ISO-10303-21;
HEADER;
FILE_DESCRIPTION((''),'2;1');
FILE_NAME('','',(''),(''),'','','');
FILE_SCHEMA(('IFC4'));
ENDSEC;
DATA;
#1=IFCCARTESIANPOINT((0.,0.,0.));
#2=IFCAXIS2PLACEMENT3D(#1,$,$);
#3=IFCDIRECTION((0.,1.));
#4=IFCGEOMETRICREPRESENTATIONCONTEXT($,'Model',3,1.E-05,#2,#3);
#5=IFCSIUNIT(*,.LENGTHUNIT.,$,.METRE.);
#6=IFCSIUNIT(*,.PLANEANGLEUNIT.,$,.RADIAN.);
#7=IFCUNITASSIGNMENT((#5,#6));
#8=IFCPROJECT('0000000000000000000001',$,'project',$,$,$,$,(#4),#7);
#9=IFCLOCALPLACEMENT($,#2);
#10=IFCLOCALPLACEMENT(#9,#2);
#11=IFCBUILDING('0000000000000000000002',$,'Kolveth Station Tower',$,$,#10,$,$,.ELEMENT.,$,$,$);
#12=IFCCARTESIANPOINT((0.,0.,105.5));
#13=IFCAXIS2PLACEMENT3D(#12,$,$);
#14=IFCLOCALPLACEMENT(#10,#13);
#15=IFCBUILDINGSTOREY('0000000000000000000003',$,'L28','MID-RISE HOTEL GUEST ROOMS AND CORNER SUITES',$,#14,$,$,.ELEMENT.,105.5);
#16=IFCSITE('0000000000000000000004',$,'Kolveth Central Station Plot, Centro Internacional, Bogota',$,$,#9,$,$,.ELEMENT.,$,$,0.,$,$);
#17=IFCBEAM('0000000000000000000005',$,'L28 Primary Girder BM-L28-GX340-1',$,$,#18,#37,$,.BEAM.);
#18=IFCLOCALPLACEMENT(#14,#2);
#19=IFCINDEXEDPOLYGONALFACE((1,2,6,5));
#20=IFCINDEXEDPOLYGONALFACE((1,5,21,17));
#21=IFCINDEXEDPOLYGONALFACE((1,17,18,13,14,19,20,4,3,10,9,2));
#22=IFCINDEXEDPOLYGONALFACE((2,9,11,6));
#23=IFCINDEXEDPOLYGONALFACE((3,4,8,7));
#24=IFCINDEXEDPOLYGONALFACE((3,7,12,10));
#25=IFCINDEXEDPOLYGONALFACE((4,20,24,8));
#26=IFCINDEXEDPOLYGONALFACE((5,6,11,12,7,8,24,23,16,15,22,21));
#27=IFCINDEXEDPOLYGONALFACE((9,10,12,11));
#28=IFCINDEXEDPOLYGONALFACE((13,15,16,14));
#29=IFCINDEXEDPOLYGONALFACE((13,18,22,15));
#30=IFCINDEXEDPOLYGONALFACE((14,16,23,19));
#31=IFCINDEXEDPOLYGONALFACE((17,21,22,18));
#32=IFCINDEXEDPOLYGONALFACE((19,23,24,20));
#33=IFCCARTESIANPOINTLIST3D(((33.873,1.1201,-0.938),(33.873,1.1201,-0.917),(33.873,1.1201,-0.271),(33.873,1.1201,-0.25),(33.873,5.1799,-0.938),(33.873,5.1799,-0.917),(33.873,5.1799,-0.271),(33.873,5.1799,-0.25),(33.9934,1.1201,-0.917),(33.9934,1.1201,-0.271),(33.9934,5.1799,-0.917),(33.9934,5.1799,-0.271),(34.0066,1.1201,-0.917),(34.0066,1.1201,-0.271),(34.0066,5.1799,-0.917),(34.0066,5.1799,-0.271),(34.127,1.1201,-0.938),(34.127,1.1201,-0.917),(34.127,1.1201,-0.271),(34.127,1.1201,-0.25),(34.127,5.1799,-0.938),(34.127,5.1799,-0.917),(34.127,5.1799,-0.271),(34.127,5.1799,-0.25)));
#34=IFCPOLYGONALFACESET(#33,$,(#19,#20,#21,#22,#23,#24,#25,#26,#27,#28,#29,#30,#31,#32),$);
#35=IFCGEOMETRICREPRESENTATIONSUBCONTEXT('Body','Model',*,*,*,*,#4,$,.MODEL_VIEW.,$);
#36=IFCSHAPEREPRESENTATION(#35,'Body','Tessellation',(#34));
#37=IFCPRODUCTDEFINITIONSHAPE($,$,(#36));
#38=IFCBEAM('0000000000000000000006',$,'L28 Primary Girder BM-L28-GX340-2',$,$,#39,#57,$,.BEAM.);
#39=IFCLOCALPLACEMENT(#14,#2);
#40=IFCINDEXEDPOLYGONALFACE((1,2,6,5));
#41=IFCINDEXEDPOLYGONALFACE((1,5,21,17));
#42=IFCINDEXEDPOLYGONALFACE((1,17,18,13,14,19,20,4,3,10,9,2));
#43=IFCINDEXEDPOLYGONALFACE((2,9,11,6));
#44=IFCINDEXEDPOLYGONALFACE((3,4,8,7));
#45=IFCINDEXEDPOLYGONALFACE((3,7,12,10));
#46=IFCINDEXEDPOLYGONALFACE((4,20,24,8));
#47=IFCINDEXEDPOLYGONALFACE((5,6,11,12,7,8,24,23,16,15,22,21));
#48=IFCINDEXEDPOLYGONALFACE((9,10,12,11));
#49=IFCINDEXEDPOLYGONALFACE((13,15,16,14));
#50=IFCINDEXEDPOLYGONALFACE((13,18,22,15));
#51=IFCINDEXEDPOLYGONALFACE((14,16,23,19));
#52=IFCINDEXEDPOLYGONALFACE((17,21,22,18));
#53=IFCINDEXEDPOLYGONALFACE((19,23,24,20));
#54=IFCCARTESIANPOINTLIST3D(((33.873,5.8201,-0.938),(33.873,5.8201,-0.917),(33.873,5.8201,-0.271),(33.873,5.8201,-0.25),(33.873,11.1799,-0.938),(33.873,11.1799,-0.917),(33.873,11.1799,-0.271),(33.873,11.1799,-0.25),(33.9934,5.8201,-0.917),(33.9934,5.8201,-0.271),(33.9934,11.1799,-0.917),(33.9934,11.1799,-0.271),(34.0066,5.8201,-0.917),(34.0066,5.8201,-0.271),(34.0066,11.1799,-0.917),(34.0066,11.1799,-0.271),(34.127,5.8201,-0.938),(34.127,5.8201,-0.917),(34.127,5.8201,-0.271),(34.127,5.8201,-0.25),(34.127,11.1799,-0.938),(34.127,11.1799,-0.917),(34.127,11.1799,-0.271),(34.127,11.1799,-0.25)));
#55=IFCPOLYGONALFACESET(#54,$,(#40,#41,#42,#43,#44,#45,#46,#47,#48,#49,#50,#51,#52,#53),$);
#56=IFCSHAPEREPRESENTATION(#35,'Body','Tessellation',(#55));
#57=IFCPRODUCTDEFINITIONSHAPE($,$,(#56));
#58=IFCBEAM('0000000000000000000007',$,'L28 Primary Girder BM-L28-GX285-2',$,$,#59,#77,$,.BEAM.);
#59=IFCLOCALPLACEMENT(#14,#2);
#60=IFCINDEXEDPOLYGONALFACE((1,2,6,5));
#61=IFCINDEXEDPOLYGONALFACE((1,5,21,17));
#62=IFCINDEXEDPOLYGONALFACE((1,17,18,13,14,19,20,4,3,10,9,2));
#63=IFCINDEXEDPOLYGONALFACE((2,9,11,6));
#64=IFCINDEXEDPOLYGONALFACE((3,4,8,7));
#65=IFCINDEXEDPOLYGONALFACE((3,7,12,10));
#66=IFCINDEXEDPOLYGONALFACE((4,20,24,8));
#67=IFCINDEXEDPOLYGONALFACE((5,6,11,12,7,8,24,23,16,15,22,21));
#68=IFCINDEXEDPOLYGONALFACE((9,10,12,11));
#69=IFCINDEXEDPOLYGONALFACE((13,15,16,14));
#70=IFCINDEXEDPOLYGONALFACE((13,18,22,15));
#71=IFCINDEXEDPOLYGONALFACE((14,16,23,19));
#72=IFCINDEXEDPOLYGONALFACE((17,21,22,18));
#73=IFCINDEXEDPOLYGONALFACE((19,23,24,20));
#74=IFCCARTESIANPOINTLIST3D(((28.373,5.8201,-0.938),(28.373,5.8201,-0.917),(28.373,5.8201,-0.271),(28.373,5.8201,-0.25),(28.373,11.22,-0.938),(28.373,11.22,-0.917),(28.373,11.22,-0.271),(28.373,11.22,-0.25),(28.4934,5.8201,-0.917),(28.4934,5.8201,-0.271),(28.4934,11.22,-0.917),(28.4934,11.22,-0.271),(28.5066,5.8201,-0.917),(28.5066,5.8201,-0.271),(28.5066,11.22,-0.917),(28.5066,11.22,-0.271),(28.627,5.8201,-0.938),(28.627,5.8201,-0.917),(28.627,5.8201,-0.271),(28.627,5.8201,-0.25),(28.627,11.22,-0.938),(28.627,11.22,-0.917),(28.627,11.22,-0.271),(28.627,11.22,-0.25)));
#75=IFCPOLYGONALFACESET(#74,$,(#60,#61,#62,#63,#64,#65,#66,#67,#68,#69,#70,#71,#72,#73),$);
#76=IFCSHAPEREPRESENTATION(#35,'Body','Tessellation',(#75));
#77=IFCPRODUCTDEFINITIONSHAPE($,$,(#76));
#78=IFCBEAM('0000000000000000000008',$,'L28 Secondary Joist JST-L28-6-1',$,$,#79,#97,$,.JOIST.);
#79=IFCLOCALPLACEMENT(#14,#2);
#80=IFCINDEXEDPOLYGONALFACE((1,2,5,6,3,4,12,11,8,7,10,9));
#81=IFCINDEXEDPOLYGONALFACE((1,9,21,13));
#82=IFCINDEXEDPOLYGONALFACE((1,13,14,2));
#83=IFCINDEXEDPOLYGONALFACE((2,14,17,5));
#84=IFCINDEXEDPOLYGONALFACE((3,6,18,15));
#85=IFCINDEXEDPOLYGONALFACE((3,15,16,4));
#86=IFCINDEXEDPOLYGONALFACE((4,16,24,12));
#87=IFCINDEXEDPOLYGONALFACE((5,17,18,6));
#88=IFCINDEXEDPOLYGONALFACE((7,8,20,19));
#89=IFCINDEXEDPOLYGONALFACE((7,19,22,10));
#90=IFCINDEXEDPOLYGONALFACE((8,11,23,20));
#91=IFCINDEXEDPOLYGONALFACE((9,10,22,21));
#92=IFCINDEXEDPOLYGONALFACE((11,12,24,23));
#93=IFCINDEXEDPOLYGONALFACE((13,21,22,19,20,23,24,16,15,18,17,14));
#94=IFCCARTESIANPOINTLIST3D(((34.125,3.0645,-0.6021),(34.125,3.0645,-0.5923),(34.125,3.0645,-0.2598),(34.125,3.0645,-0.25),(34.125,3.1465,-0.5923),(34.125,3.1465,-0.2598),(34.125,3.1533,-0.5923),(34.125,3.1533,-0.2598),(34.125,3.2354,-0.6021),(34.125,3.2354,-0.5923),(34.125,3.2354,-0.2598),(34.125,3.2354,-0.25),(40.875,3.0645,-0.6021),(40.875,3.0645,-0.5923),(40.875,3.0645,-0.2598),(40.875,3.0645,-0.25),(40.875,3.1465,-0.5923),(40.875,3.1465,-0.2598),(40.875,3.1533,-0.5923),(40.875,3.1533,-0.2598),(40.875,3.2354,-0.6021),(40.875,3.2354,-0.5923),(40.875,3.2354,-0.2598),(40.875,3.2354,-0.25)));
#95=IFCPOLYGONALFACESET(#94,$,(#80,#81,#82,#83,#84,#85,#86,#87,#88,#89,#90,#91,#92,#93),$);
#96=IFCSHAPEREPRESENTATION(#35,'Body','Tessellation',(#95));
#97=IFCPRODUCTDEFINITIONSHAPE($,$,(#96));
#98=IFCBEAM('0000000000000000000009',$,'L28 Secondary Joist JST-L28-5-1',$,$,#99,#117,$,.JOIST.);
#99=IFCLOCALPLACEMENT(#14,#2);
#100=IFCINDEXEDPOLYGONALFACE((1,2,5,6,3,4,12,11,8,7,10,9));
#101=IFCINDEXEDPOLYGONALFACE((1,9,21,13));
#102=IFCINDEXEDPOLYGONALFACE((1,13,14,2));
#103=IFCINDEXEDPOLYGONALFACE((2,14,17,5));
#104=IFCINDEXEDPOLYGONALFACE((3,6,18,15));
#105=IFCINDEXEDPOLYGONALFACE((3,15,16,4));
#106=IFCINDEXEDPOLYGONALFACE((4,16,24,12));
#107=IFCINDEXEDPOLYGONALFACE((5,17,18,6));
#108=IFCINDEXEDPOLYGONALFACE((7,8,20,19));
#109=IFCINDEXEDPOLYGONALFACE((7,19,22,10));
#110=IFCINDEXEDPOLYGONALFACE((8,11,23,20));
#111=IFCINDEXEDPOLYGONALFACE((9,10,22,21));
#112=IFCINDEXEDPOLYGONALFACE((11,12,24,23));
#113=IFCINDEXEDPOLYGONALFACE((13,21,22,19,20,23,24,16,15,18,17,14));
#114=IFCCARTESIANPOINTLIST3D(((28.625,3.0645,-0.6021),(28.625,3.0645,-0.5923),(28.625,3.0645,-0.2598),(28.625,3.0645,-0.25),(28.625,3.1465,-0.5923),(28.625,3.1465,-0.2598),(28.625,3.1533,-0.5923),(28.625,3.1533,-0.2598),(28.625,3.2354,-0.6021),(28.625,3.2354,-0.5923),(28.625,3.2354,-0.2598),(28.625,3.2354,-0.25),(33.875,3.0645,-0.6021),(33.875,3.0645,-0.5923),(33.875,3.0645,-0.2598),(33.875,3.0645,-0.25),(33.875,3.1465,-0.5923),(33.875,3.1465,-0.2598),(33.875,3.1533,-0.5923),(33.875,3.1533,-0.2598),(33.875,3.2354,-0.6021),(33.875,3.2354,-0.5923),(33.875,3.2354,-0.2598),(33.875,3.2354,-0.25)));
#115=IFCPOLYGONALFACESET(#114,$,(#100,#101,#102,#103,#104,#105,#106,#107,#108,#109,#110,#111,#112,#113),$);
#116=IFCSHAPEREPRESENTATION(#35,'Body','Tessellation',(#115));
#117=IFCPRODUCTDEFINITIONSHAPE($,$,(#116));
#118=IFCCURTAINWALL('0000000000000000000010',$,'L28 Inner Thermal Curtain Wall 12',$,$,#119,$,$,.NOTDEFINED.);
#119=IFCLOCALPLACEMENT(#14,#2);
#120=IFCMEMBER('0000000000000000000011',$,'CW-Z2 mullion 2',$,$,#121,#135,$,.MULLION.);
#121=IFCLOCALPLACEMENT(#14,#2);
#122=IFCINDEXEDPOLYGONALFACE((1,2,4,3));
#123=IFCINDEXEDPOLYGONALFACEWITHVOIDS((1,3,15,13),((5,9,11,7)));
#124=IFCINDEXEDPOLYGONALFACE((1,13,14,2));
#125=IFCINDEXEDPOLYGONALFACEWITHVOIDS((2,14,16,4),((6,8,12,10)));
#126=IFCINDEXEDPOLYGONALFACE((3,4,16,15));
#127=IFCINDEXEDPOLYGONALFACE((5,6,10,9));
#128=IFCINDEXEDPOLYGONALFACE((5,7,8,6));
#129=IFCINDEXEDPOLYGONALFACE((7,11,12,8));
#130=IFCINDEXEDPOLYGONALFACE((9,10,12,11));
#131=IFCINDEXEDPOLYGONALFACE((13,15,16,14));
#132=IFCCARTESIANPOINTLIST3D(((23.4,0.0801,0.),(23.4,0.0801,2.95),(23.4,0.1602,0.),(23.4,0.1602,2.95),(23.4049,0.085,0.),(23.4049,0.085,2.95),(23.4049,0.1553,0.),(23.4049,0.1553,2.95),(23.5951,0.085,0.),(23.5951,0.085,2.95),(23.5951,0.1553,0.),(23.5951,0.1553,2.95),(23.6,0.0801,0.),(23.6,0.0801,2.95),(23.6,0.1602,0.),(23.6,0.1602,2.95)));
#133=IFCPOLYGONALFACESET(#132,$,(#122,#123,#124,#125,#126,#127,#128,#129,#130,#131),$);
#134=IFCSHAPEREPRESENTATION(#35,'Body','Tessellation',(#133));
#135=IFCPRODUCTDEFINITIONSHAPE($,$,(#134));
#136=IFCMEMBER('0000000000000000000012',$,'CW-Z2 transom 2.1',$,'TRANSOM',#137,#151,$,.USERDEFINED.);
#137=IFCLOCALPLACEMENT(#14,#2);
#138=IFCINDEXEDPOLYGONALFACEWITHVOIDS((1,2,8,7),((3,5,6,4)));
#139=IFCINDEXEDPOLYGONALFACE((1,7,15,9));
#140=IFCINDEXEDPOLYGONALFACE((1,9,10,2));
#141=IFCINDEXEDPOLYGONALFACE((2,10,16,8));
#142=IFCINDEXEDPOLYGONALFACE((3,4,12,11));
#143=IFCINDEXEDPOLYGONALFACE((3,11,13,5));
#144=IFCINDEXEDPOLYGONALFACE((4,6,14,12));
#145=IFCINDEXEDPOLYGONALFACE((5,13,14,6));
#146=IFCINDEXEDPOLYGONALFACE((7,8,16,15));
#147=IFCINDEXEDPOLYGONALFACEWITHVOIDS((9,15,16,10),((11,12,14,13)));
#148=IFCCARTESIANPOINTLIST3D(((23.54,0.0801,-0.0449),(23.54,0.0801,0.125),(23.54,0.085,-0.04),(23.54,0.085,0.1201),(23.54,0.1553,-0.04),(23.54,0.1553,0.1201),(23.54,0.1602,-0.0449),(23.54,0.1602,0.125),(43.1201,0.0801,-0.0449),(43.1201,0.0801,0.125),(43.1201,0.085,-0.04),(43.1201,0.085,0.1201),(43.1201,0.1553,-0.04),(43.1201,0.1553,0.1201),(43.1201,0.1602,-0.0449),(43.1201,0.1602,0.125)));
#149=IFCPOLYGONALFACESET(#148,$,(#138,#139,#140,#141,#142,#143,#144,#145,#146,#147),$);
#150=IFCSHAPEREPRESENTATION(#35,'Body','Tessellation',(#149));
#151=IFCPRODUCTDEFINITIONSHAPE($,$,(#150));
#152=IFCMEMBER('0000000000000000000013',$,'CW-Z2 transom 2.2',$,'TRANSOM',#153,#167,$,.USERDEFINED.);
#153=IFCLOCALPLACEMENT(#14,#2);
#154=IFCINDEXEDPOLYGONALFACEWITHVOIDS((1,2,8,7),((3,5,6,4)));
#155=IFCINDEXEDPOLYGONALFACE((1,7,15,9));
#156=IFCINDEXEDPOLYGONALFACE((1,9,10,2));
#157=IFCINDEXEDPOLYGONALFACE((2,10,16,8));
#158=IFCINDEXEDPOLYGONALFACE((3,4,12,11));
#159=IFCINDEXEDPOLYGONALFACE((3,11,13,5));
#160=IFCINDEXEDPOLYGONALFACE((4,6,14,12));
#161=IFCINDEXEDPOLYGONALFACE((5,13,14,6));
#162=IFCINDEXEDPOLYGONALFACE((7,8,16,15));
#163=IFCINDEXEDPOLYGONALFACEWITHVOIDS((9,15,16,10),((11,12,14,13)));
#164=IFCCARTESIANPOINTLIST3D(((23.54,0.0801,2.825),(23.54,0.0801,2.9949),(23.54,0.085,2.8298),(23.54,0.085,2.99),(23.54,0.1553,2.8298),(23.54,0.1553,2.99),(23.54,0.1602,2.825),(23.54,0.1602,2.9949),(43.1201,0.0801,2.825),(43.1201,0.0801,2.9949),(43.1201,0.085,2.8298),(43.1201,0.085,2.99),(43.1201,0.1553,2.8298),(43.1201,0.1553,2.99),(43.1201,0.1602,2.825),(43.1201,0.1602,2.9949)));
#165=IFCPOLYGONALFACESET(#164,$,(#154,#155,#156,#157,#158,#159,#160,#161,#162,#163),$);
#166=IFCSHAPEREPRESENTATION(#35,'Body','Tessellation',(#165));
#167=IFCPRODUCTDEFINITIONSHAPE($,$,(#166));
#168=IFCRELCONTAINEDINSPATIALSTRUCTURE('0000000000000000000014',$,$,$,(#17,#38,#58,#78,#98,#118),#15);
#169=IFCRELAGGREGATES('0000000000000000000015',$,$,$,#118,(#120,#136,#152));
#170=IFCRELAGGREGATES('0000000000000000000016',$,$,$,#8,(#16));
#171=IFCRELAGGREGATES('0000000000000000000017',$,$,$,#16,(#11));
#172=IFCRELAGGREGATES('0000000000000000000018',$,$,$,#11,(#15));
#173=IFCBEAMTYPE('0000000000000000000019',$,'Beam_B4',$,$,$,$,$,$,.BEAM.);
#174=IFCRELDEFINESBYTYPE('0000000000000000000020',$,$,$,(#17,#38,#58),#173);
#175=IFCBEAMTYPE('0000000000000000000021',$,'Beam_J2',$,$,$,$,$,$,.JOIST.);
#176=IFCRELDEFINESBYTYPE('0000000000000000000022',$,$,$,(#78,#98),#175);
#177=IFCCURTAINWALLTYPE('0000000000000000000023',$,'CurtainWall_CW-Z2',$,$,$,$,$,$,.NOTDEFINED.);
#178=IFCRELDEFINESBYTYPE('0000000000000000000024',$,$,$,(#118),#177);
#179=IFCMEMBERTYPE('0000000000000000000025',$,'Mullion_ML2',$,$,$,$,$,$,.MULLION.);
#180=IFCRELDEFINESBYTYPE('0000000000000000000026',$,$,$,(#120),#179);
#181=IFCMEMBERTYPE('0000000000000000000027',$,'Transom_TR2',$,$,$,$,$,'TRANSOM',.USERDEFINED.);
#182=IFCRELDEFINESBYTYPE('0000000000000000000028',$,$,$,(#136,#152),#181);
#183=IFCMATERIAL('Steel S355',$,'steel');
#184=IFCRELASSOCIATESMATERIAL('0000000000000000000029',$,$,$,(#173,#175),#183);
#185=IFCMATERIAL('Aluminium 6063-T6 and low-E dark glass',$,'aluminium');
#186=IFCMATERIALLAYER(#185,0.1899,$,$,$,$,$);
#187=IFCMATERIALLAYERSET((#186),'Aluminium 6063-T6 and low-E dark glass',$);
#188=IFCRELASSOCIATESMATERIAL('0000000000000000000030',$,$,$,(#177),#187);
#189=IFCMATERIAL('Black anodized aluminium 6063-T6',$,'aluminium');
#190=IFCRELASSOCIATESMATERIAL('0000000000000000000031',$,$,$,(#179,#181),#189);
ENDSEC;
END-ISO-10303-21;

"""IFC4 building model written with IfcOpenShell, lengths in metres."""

from ifc_helpers import new_model, si_unit, direction, frame, origin, origin_2d, place, context, subcontext, project, spatial, hollow_rectangle, i_section, extrude, source, transform, mapped, material, layer, layer_set, material_profile, profile_set, type_object, element, aggregate, save


model = new_model("IFC4")

# Units and contexts
model_context = context("Model", 3, precision=1e-05, world=origin(), true_north=direction((0.0, 1.0)))
body_context = subcontext(model_context, "Body", "Model", "MODEL_VIEW")
ifc_project = project(units=[si_unit("LENGTHUNIT", "METRE"), si_unit("PLANEANGLEUNIT", "RADIAN")], contexts=[model_context])

# Site, building, storey
site_placement = place(None, origin())
site = spatial("IfcSite", under=ifc_project, at=site_placement, Name="Kolveth Central Station Plot, Centro Internacional, Bogota", CompositionType="ELEMENT", RefElevation=0.0)
building_placement = place(site_placement, origin())
building = spatial("IfcBuilding", under=site, at=building_placement, Name="Kolveth Station Tower", CompositionType="ELEMENT")
storey_placement = place(building_placement, frame((0.0, 0.0, 105.5)))
storey = spatial("IfcBuildingStorey", under=building, at=storey_placement, Name="L28", Description="MID-RISE HOTEL GUEST ROOMS AND CORNER SUITES", CompositionType="ELEMENT", Elevation=105.5)

# Beams
ifc_material_1 = material(Name="Steel S355", Category="steel")
ifc_material_profile_1 = material_profile(ifc_material_1, i_section(OverallWidth=0.2539, OverallDepth=0.688, WebThickness=0.0132, FlangeThickness=0.021, at=origin_2d()), Name="W690x152")
ifc_profile_set_1 = profile_set([ifc_material_profile_1], Name="Steel S355")
beam_type_1 = type_object("IfcBeamType", Name="Beam_B4", PredefinedType="BEAM", material=ifc_profile_set_1)
shared_shape_1 = source(origin(), body_context, "Body", "SweptSolid", [
    extrude(i_section(OverallWidth=0.2539, OverallDepth=0.688, WebThickness=0.0132, FlangeThickness=0.021, at=origin_2d()), origin(), (0.0, 0.0, 1.0), 4.0598),
])
for number, where, z_axis, x_axis, name in (
    (1, (34.0, 1.1201, -0.594), (0.0, 1.0, 0.0), (-1.0, 0.0, 0.0), "L28 Primary Girder BM-L28-GX340-1"),
):
    element("IfcBeam", number, at=place(storey_placement, frame(where, z_axis=z_axis, x_axis=x_axis)), inside=storey, type_object=beam_type_1, Name=name, PredefinedType="BEAM", context=body_context, shape_type="MappedRepresentation", body=[
        mapped(shared_shape_1, transform((0.0, 0.0, 0.0), x_axis=(1.0, 0.0, 0.0), y_axis=(0.0, 1.0, 0.0), z_axis=(0.0, 0.0, 1.0), scale=1.0)),
    ])
shared_shape_2 = source(origin(), body_context, "Body", "SweptSolid", [
    extrude(i_section(OverallWidth=0.2539, OverallDepth=0.688, WebThickness=0.0132, FlangeThickness=0.021, at=origin_2d()), origin(), (0.0, 0.0, 1.0), 5.3599),
])
beam_1_placement = place(storey_placement, frame((34.0, 5.8201, -0.594), z_axis=(0.0, 1.0, 0.0), x_axis=(-1.0, 0.0, 0.0)))
element("IfcBeam", 2, at=beam_1_placement, inside=storey, type_object=beam_type_1, Name="L28 Primary Girder BM-L28-GX340-2", PredefinedType="BEAM", context=body_context, shape_type="MappedRepresentation", body=[
    mapped(shared_shape_2, transform((0.0, 0.0, 0.0), x_axis=(1.0, 0.0, 0.0), y_axis=(0.0, 1.0, 0.0), z_axis=(0.0, 0.0, 1.0), scale=1.0)),
])
shared_shape_3 = source(origin(), body_context, "Body", "SweptSolid", [
    extrude(i_section(OverallWidth=0.2539, OverallDepth=0.688, WebThickness=0.0132, FlangeThickness=0.021, at=origin_2d()), origin(), (0.0, 0.0, 1.0), 5.3999),
])
beam_2_placement = place(storey_placement, frame((28.5, 5.8201, -0.594), z_axis=(0.0, 1.0, 0.0), x_axis=(-1.0, 0.0, 0.0)))
element("IfcBeam", 3, at=beam_2_placement, inside=storey, type_object=beam_type_1, Name="L28 Primary Girder BM-L28-GX285-2", PredefinedType="BEAM", context=body_context, shape_type="MappedRepresentation", body=[
    mapped(shared_shape_3, transform((0.0, 0.0, 0.0), x_axis=(1.0, 0.0, 0.0), y_axis=(0.0, 1.0, 0.0), z_axis=(0.0, 0.0, 1.0), scale=1.0)),
])
ifc_material_profile_2 = material_profile(ifc_material_1, i_section(OverallWidth=0.1709, OverallDepth=0.3521, WebThickness=0.0068, FlangeThickness=0.0098, at=origin_2d()), Name="W360x44")
ifc_profile_set_2 = profile_set([ifc_material_profile_2], Name="Steel S355")
beam_type_2 = type_object("IfcBeamType", Name="Beam_J2", PredefinedType="JOIST", material=ifc_profile_set_2)
shared_shape_4 = source(origin(), body_context, "Body", "SweptSolid", [
    extrude(i_section(OverallWidth=0.1709, OverallDepth=0.3521, WebThickness=0.0068, FlangeThickness=0.0098, at=origin_2d()), origin(), (0.0, 0.0, 1.0), 6.75),
])
beam_3_placement = place(storey_placement, frame((34.125, 3.1499, -0.426), z_axis=(1.0, 0.0, 0.0), x_axis=(0.0, 1.0, 0.0)))
element("IfcBeam", 4, at=beam_3_placement, inside=storey, type_object=beam_type_2, Name="L28 Secondary Joist JST-L28-6-1", PredefinedType="JOIST", context=body_context, shape_type="MappedRepresentation", body=[
    mapped(shared_shape_4, transform((0.0, 0.0, 0.0), x_axis=(1.0, 0.0, 0.0), y_axis=(0.0, 1.0, 0.0), z_axis=(0.0, 0.0, 1.0), scale=1.0)),
])
shared_shape_5 = source(origin(), body_context, "Body", "SweptSolid", [
    extrude(i_section(OverallWidth=0.1709, OverallDepth=0.3521, WebThickness=0.0068, FlangeThickness=0.0098, at=origin_2d()), origin(), (0.0, 0.0, 1.0), 5.25),
])
beam_4_placement = place(storey_placement, frame((28.625, 3.1499, -0.426), z_axis=(1.0, 0.0, 0.0), x_axis=(0.0, 1.0, 0.0)))
element("IfcBeam", 5, at=beam_4_placement, inside=storey, type_object=beam_type_2, Name="L28 Secondary Joist JST-L28-5-1", PredefinedType="JOIST", context=body_context, shape_type="MappedRepresentation", body=[
    mapped(shared_shape_5, transform((0.0, 0.0, 0.0), x_axis=(1.0, 0.0, 0.0), y_axis=(0.0, 1.0, 0.0), z_axis=(0.0, 0.0, 1.0), scale=1.0)),
])

# Curtain wall, members
ifc_material_2 = material(Name="Aluminium 6063-T6 and low-E dark glass", Category="aluminium")
ifc_layer_1 = layer(ifc_material_2, 0.1899)
ifc_layer_set_1 = layer_set([ifc_layer_1], Name="Aluminium 6063-T6 and low-E dark glass")
curtain_wall_type_1 = type_object("IfcCurtainWallType", Name="CurtainWall_CW-Z2", PredefinedType="NOTDEFINED", material=ifc_layer_set_1)
curtain_wall_1_placement = place(storey_placement, origin())
curtain_wall_1 = element("IfcCurtainWall", 6, at=curtain_wall_1_placement, inside=storey, type_object=curtain_wall_type_1, Name="L28 Inner Thermal Curtain Wall 12", PredefinedType="NOTDEFINED")
ifc_material_3 = material(Name="Black anodized aluminium 6063-T6", Category="aluminium")
ifc_material_profile_3 = material_profile(ifc_material_3, hollow_rectangle(XDim=0.0801, YDim=0.2, WallThickness=0.0049, at=origin_2d()), Name="ALU-80x200x5")
ifc_profile_set_3 = profile_set([ifc_material_profile_3], Name="Black anodized aluminium 6063-T6")
member_type_1 = type_object("IfcMemberType", Name="Mullion_ML2", PredefinedType="MULLION", material=ifc_profile_set_3)
shared_shape_6 = source(origin(), body_context, "Body", "SweptSolid", [
    extrude(hollow_rectangle(XDim=0.0801, YDim=0.2, WallThickness=0.0049, at=origin_2d()), origin(), (0.0, 0.0, 1.0), 2.95),
])
member_1_placement = place(storey_placement, frame((23.5, 0.1201, 0.0), z_axis=(0.0, 0.0, 1.0), x_axis=(0.0, 1.0, 0.0)))
member_1 = element("IfcMember", 7, at=member_1_placement, type_object=member_type_1, Name="CW-Z2 mullion 2", PredefinedType="MULLION", context=body_context, shape_type="MappedRepresentation", body=[
    mapped(shared_shape_6, transform((0.0, 0.0, 0.0), x_axis=(1.0, 0.0, 0.0), y_axis=(0.0, 1.0, 0.0), z_axis=(0.0, 0.0, 1.0), scale=1.0)),
])
ifc_material_profile_4 = material_profile(ifc_material_3, hollow_rectangle(XDim=0.0801, YDim=0.1699, WallThickness=0.0049, at=origin_2d()), Name="ALU-80x170x5")
ifc_profile_set_4 = profile_set([ifc_material_profile_4], Name="Black anodized aluminium 6063-T6")
member_type_2 = type_object("IfcMemberType", Name="Transom_TR2", ElementType="TRANSOM", PredefinedType="USERDEFINED", material=ifc_profile_set_4)
shared_shape_7 = source(origin(), body_context, "Body", "SweptSolid", [
    extrude(hollow_rectangle(XDim=0.0801, YDim=0.1699, WallThickness=0.0049, at=origin_2d()), origin(), (0.0, 0.0, 1.0), 19.5801),
])
member_2_placement = place(storey_placement, frame((23.54, 0.1201, 0.04), z_axis=(1.0, 0.0, 0.0), x_axis=(0.0, 1.0, 0.0)))
member_2 = element("IfcMember", 8, at=member_2_placement, type_object=member_type_2, Name="CW-Z2 transom 2.1", ObjectType="TRANSOM", PredefinedType="USERDEFINED", context=body_context, shape_type="MappedRepresentation", body=[
    mapped(shared_shape_7, transform((0.0, 0.0, 0.0), x_axis=(1.0, 0.0, 0.0), y_axis=(0.0, 1.0, 0.0), z_axis=(0.0, 0.0, 1.0), scale=1.0)),
])
member_3_placement = place(storey_placement, frame((23.54, 0.1201, 2.9099), z_axis=(1.0, 0.0, 0.0), x_axis=(0.0, 1.0, 0.0)))
member_3 = element("IfcMember", 9, at=member_3_placement, type_object=member_type_2, Name="CW-Z2 transom 2.2", ObjectType="TRANSOM", PredefinedType="USERDEFINED", context=body_context, shape_type="MappedRepresentation", body=[
    mapped(shared_shape_7, transform((0.0, 0.0, 0.0), x_axis=(1.0, 0.0, 0.0), y_axis=(0.0, 1.0, 0.0), z_axis=(0.0, 0.0, 1.0), scale=1.0)),
])
aggregate(curtain_wall_1, [member_1, member_2, member_3])

save(model, "model.ifc")
